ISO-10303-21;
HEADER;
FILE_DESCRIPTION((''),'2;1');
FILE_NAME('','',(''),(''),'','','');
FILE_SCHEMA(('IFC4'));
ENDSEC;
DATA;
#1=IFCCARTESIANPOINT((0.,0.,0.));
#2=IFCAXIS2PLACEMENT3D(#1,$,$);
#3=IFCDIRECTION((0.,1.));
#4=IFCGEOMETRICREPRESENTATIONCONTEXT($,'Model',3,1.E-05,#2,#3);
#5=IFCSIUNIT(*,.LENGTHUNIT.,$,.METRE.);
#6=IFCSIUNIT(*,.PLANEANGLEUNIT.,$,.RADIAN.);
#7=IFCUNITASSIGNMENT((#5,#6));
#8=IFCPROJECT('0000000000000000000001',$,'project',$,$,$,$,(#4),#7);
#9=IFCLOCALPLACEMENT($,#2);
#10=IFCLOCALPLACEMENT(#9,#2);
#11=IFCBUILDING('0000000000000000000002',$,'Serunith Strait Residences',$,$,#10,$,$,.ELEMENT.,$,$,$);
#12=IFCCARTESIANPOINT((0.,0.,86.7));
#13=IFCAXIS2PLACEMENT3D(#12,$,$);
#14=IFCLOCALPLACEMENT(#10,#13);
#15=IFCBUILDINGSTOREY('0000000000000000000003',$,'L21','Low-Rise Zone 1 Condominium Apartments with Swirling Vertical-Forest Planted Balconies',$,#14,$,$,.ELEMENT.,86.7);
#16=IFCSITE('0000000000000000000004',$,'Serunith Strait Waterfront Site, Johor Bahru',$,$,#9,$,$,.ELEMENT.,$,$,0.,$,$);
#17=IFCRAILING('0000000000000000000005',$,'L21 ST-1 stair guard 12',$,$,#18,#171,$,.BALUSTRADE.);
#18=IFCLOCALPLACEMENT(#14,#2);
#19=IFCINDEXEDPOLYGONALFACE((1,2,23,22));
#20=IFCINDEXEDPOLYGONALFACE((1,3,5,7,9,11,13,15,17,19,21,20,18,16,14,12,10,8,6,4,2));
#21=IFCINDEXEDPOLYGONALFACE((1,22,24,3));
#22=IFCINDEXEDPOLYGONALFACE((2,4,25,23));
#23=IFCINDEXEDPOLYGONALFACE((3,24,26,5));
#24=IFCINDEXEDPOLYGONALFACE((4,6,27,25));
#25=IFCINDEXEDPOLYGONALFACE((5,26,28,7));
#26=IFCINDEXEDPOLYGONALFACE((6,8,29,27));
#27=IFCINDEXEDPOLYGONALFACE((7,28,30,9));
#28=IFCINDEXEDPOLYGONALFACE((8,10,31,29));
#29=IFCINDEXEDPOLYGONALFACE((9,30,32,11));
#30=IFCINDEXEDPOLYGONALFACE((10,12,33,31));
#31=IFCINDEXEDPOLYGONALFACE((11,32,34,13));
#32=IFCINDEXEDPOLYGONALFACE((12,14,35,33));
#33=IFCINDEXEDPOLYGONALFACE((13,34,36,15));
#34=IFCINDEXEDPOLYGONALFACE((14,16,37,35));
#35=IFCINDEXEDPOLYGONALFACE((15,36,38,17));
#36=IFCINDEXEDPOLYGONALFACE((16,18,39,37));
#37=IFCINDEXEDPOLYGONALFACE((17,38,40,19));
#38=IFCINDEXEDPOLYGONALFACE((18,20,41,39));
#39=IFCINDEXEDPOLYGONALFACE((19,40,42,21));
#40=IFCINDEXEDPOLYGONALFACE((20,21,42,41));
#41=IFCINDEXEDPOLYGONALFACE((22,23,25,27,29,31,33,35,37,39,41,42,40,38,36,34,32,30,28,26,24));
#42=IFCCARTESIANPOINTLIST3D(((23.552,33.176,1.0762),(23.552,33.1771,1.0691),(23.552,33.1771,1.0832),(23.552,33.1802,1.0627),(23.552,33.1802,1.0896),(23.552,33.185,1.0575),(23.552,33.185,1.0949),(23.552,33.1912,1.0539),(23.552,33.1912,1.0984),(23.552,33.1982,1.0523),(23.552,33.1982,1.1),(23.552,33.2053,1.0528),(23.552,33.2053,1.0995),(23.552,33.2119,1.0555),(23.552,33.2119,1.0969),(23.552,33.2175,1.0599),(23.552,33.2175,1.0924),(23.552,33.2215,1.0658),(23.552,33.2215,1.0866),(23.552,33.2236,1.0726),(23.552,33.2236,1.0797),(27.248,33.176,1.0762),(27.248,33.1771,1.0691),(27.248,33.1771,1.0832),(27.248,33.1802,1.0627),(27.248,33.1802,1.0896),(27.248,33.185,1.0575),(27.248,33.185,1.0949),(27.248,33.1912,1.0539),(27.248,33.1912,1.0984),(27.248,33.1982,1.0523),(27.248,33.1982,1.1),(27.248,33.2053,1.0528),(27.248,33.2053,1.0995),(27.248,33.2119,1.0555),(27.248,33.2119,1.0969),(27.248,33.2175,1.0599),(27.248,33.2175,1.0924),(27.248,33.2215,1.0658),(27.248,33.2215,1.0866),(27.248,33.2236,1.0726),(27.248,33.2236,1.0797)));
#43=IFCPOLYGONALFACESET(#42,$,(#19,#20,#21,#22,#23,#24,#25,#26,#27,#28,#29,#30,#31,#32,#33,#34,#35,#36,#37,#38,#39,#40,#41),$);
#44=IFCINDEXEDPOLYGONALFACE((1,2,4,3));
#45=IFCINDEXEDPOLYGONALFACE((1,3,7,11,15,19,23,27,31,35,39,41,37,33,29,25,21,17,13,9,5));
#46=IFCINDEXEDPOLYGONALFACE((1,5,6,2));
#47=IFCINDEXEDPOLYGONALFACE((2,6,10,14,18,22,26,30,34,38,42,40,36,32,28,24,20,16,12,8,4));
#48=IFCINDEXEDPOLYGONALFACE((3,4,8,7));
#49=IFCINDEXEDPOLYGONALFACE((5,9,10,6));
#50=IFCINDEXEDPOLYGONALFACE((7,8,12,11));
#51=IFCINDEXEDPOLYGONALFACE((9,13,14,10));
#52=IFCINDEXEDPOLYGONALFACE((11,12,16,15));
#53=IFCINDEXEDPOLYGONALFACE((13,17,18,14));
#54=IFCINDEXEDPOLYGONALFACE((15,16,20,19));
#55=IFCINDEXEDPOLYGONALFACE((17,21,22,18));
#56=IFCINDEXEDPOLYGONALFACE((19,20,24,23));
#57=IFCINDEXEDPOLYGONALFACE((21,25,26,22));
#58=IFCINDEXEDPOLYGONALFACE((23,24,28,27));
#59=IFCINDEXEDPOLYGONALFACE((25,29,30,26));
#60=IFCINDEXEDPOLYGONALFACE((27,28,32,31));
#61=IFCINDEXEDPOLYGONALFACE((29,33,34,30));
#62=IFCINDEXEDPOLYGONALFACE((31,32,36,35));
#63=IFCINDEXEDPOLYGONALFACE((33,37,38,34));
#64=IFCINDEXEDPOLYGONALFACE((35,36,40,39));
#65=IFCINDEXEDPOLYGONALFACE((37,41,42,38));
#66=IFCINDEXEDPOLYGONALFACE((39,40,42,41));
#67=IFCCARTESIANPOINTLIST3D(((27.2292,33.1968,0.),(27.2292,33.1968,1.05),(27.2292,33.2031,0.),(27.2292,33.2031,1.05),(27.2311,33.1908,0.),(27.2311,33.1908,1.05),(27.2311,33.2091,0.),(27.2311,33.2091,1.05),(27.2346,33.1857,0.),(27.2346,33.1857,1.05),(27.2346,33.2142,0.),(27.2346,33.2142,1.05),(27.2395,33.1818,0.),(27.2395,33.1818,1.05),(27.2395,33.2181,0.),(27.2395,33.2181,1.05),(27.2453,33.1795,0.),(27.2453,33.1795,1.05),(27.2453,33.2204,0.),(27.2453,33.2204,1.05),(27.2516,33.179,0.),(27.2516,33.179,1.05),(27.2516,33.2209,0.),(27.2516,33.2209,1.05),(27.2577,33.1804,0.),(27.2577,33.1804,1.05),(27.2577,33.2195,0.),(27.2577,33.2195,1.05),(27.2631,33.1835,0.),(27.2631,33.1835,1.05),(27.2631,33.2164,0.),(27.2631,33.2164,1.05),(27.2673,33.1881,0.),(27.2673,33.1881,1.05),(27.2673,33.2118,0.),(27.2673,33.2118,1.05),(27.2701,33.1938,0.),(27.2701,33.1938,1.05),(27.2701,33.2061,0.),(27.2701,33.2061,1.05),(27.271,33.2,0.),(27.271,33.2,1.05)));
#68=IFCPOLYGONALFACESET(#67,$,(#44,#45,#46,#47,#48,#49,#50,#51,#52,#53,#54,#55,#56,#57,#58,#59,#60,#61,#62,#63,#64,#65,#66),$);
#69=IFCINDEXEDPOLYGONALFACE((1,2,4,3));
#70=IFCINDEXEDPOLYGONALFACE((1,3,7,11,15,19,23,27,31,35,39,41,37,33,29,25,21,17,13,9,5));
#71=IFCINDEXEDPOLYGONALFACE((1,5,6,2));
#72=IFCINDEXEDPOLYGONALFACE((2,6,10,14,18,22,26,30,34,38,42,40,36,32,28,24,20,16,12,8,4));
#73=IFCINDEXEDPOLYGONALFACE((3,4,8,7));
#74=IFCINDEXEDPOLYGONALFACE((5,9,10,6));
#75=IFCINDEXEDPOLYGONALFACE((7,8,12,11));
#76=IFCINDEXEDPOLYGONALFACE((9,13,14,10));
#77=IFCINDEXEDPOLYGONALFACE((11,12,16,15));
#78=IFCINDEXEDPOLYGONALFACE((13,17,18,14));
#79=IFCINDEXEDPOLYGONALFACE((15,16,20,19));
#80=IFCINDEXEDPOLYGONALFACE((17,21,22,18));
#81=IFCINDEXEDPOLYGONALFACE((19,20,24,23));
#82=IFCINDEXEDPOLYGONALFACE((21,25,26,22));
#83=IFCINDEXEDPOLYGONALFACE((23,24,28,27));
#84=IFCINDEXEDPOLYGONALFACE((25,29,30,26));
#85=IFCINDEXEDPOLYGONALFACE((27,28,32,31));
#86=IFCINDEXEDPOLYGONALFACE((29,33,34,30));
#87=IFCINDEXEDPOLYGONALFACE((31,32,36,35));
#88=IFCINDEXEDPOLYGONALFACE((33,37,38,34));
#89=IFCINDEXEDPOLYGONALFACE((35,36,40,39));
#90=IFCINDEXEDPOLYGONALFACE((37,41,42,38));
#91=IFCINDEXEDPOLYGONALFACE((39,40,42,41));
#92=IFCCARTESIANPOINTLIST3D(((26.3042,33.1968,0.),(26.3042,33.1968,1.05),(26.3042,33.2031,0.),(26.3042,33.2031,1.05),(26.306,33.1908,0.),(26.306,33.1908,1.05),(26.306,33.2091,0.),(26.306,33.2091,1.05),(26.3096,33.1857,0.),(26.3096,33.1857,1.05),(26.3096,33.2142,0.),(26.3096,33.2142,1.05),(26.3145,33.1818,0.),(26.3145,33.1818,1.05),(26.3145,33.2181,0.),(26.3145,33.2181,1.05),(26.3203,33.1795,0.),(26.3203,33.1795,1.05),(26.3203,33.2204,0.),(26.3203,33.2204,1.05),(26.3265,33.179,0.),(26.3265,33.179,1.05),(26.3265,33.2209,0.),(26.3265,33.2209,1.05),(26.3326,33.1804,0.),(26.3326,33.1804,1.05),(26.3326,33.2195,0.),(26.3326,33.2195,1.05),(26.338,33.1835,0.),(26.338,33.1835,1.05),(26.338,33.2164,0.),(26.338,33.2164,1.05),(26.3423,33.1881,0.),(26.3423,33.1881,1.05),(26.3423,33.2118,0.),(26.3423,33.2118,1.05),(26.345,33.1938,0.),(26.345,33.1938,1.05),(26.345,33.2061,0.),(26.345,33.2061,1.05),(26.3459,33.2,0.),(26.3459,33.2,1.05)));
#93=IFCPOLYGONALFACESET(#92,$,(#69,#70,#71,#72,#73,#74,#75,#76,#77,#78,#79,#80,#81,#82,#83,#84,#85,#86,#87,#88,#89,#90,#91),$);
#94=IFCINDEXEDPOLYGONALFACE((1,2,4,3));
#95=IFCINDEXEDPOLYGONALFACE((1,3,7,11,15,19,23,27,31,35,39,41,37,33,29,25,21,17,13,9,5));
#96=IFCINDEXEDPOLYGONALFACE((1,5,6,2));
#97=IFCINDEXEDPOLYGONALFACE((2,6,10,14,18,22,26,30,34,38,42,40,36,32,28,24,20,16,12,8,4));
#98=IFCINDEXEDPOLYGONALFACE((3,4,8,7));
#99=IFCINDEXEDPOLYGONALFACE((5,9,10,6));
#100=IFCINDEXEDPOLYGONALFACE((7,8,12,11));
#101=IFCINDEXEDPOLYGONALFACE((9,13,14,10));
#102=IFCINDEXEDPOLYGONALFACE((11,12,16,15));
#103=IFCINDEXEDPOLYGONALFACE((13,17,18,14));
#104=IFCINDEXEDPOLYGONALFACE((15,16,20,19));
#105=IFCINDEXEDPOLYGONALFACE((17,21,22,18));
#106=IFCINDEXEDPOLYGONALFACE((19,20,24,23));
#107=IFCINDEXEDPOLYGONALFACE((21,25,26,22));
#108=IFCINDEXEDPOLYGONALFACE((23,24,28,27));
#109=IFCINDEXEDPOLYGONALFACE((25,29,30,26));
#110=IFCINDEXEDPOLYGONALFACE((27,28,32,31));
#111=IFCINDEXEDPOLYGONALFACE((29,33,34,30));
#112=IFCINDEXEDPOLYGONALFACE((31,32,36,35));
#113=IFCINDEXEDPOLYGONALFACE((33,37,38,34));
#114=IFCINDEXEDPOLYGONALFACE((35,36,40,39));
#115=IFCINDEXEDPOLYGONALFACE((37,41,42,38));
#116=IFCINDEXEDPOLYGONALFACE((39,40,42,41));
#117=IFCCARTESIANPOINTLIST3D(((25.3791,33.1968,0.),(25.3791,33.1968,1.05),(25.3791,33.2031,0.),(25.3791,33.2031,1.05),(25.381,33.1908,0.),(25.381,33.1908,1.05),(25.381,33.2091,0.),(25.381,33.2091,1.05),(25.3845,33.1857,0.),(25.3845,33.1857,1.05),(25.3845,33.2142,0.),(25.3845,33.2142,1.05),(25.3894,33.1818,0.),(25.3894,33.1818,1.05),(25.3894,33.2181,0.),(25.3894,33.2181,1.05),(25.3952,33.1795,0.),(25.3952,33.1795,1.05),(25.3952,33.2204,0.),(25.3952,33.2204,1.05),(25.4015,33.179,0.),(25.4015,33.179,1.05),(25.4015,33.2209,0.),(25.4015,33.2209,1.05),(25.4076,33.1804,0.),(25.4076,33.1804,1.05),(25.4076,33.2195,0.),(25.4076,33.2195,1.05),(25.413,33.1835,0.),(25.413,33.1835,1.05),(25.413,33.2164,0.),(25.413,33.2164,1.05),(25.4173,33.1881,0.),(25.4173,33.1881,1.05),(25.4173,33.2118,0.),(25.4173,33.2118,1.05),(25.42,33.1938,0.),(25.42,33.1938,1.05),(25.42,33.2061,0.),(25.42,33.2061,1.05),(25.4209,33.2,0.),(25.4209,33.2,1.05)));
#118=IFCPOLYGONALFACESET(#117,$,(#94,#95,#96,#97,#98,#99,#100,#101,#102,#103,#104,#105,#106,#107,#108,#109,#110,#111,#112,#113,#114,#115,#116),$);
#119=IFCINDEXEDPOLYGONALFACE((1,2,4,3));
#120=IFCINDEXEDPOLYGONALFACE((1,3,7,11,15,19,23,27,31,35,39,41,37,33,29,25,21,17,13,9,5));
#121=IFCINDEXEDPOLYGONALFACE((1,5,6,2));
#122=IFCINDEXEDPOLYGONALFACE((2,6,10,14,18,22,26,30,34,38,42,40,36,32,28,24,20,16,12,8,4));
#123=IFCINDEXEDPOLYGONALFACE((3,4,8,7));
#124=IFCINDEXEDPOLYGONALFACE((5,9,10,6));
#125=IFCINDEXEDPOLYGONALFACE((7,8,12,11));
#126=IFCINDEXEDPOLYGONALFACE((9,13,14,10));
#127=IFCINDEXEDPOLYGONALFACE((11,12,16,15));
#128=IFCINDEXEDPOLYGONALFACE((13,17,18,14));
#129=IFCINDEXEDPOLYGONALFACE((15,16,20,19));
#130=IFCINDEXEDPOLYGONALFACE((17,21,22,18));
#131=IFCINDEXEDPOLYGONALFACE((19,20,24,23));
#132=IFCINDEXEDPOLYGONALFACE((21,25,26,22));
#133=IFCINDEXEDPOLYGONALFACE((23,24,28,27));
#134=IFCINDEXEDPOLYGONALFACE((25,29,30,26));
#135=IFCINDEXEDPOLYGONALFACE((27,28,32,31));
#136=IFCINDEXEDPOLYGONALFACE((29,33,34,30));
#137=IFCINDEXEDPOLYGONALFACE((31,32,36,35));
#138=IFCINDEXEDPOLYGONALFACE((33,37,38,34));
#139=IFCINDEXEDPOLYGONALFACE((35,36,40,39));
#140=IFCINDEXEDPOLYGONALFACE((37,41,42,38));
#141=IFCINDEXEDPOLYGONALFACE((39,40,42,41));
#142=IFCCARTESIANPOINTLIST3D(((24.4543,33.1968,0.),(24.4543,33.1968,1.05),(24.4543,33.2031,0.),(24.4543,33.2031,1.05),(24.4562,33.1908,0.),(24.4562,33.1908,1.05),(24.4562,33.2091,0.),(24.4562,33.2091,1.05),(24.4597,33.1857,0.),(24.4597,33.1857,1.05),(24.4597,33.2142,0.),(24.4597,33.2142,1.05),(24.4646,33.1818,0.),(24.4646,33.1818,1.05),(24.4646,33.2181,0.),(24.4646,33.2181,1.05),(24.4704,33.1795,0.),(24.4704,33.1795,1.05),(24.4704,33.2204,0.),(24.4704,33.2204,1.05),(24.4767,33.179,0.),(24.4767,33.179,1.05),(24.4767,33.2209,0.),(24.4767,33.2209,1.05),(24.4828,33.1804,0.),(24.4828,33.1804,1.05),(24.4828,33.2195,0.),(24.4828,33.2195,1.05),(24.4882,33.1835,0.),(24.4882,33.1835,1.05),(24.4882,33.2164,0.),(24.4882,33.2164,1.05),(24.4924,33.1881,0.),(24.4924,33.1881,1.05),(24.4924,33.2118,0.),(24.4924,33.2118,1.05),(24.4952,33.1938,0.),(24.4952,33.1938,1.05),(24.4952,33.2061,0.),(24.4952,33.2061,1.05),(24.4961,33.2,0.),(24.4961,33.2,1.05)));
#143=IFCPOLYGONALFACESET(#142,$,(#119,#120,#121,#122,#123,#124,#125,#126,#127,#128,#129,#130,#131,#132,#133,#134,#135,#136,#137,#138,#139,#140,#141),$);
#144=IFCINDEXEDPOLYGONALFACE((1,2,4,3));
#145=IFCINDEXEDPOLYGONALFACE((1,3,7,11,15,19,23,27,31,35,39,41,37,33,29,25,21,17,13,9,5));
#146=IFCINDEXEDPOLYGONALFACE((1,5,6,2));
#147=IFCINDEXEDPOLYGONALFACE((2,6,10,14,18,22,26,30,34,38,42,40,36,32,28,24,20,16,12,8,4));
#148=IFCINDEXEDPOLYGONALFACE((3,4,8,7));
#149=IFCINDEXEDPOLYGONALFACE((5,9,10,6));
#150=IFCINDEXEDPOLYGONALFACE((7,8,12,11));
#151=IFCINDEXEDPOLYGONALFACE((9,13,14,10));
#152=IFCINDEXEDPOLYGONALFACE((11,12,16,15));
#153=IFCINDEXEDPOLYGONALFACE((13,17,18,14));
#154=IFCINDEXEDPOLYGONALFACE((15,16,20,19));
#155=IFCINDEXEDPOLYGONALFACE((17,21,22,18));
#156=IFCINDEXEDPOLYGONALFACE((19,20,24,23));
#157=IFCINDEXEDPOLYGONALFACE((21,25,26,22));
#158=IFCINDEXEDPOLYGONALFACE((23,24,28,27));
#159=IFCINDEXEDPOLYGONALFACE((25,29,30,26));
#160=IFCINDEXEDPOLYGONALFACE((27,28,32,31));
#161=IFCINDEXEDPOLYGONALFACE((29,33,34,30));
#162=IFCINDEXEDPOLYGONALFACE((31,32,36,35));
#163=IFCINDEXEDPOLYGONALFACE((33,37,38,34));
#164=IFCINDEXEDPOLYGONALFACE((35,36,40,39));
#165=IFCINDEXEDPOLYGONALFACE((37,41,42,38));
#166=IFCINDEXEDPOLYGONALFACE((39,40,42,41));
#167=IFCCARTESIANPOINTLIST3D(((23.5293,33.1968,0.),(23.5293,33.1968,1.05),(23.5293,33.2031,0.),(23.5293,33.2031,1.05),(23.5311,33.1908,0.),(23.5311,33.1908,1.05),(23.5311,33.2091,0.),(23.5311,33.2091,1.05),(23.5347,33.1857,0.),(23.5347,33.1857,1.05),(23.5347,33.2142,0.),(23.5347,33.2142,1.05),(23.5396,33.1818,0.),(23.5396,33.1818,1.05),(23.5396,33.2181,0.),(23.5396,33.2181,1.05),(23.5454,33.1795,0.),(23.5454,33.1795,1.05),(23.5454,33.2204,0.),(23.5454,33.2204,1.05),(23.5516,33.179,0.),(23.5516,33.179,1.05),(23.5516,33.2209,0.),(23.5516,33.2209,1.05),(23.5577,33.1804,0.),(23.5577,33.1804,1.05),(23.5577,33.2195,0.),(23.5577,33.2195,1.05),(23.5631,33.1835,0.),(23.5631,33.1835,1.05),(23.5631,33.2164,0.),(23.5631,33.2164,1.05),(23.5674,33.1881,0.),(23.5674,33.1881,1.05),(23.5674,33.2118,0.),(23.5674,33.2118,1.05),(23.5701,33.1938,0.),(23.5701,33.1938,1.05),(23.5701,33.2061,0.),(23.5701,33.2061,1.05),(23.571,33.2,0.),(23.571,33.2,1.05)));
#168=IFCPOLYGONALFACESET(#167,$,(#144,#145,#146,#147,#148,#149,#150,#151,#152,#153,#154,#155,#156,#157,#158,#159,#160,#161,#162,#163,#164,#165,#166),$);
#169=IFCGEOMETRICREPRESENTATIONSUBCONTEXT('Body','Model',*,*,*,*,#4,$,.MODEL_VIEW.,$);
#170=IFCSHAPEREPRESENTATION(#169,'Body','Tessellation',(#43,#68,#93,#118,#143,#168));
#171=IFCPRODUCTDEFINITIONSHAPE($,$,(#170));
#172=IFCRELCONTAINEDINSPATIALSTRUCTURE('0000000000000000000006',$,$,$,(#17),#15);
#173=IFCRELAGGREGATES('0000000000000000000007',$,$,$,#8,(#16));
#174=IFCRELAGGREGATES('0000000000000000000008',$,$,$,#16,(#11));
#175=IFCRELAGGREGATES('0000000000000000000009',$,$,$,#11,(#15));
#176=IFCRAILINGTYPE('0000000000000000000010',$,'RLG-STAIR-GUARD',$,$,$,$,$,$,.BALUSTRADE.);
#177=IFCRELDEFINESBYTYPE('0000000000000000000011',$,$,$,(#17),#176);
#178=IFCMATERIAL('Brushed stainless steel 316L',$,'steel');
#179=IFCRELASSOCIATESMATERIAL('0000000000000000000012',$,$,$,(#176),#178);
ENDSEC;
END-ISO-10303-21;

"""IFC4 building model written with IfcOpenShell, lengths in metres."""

from ifc_helpers import new_model, si_unit, direction, frame, origin, origin_2d, place, context, subcontext, project, spatial, circle, extrude, material, type_object, element, save


model = new_model("IFC4")

# Units and contexts
model_context = context("Model", 3, precision=1e-05, world=origin(), true_north=direction((0.0, 1.0)))
body_context = subcontext(model_context, "Body", "Model", "MODEL_VIEW")
ifc_project = project(units=[si_unit("LENGTHUNIT", "METRE"), si_unit("PLANEANGLEUNIT", "RADIAN")], contexts=[model_context])

# Site, building, storey
site_placement = place(None, origin())
site = spatial("IfcSite", under=ifc_project, at=site_placement, Name="Serunith Strait Waterfront Site, Johor Bahru", CompositionType="ELEMENT", RefElevation=0.0)
building_placement = place(site_placement, origin())
building = spatial("IfcBuilding", under=site, at=building_placement, Name="Serunith Strait Residences", CompositionType="ELEMENT")
storey_placement = place(building_placement, frame((0.0, 0.0, 86.7)))
storey = spatial("IfcBuildingStorey", under=building, at=storey_placement, Name="L21", Description="Low-Rise Zone 1 Condominium Apartments with Swirling Vertical-Forest Planted Balconies", CompositionType="ELEMENT", Elevation=86.7)

# Railing
ifc_material_1 = material(Name="Brushed stainless steel 316L", Category="steel")
railing_type_1 = type_object("IfcRailingType", Name="RLG-STAIR-GUARD", PredefinedType="BALUSTRADE", material=ifc_material_1)
railing_1_placement = place(storey_placement, frame((27.25, 33.2, 0.0)))
element("IfcRailing", 1, at=railing_1_placement, inside=storey, type_object=railing_type_1, Name="L21 ST-1 stair guard 12", PredefinedType="BALUSTRADE", context=body_context, shape_type="SweptSolid", body=[
    extrude(circle(Radius=0.0239, at=origin_2d()), frame((-0.002, 0.0, 1.0762), z_axis=(-1.0, 0.0, 0.0), x_axis=(0.0, -1.0, 0.0)), (0.0, 0.0, 1.0), 3.696),
    extrude(circle(Radius=0.021, at=origin_2d()), origin(), (0.0, 0.0, 1.0), 1.05),
    extrude(circle(Radius=0.021, at=origin_2d()), frame((-0.925, 0.0, 0.0)), (0.0, 0.0, 1.0), 1.05),
    extrude(circle(Radius=0.021, at=origin_2d()), frame((-1.8501, 0.0, 0.0)), (0.0, 0.0, 1.0), 1.05),
    extrude(circle(Radius=0.021, at=origin_2d()), frame((-2.7749, 0.0, 0.0)), (0.0, 0.0, 1.0), 1.05),
    extrude(circle(Radius=0.021, at=origin_2d()), frame((-3.7, 0.0, 0.0)), (0.0, 0.0, 1.0), 1.05),
])

save(model, "model.ifc")
